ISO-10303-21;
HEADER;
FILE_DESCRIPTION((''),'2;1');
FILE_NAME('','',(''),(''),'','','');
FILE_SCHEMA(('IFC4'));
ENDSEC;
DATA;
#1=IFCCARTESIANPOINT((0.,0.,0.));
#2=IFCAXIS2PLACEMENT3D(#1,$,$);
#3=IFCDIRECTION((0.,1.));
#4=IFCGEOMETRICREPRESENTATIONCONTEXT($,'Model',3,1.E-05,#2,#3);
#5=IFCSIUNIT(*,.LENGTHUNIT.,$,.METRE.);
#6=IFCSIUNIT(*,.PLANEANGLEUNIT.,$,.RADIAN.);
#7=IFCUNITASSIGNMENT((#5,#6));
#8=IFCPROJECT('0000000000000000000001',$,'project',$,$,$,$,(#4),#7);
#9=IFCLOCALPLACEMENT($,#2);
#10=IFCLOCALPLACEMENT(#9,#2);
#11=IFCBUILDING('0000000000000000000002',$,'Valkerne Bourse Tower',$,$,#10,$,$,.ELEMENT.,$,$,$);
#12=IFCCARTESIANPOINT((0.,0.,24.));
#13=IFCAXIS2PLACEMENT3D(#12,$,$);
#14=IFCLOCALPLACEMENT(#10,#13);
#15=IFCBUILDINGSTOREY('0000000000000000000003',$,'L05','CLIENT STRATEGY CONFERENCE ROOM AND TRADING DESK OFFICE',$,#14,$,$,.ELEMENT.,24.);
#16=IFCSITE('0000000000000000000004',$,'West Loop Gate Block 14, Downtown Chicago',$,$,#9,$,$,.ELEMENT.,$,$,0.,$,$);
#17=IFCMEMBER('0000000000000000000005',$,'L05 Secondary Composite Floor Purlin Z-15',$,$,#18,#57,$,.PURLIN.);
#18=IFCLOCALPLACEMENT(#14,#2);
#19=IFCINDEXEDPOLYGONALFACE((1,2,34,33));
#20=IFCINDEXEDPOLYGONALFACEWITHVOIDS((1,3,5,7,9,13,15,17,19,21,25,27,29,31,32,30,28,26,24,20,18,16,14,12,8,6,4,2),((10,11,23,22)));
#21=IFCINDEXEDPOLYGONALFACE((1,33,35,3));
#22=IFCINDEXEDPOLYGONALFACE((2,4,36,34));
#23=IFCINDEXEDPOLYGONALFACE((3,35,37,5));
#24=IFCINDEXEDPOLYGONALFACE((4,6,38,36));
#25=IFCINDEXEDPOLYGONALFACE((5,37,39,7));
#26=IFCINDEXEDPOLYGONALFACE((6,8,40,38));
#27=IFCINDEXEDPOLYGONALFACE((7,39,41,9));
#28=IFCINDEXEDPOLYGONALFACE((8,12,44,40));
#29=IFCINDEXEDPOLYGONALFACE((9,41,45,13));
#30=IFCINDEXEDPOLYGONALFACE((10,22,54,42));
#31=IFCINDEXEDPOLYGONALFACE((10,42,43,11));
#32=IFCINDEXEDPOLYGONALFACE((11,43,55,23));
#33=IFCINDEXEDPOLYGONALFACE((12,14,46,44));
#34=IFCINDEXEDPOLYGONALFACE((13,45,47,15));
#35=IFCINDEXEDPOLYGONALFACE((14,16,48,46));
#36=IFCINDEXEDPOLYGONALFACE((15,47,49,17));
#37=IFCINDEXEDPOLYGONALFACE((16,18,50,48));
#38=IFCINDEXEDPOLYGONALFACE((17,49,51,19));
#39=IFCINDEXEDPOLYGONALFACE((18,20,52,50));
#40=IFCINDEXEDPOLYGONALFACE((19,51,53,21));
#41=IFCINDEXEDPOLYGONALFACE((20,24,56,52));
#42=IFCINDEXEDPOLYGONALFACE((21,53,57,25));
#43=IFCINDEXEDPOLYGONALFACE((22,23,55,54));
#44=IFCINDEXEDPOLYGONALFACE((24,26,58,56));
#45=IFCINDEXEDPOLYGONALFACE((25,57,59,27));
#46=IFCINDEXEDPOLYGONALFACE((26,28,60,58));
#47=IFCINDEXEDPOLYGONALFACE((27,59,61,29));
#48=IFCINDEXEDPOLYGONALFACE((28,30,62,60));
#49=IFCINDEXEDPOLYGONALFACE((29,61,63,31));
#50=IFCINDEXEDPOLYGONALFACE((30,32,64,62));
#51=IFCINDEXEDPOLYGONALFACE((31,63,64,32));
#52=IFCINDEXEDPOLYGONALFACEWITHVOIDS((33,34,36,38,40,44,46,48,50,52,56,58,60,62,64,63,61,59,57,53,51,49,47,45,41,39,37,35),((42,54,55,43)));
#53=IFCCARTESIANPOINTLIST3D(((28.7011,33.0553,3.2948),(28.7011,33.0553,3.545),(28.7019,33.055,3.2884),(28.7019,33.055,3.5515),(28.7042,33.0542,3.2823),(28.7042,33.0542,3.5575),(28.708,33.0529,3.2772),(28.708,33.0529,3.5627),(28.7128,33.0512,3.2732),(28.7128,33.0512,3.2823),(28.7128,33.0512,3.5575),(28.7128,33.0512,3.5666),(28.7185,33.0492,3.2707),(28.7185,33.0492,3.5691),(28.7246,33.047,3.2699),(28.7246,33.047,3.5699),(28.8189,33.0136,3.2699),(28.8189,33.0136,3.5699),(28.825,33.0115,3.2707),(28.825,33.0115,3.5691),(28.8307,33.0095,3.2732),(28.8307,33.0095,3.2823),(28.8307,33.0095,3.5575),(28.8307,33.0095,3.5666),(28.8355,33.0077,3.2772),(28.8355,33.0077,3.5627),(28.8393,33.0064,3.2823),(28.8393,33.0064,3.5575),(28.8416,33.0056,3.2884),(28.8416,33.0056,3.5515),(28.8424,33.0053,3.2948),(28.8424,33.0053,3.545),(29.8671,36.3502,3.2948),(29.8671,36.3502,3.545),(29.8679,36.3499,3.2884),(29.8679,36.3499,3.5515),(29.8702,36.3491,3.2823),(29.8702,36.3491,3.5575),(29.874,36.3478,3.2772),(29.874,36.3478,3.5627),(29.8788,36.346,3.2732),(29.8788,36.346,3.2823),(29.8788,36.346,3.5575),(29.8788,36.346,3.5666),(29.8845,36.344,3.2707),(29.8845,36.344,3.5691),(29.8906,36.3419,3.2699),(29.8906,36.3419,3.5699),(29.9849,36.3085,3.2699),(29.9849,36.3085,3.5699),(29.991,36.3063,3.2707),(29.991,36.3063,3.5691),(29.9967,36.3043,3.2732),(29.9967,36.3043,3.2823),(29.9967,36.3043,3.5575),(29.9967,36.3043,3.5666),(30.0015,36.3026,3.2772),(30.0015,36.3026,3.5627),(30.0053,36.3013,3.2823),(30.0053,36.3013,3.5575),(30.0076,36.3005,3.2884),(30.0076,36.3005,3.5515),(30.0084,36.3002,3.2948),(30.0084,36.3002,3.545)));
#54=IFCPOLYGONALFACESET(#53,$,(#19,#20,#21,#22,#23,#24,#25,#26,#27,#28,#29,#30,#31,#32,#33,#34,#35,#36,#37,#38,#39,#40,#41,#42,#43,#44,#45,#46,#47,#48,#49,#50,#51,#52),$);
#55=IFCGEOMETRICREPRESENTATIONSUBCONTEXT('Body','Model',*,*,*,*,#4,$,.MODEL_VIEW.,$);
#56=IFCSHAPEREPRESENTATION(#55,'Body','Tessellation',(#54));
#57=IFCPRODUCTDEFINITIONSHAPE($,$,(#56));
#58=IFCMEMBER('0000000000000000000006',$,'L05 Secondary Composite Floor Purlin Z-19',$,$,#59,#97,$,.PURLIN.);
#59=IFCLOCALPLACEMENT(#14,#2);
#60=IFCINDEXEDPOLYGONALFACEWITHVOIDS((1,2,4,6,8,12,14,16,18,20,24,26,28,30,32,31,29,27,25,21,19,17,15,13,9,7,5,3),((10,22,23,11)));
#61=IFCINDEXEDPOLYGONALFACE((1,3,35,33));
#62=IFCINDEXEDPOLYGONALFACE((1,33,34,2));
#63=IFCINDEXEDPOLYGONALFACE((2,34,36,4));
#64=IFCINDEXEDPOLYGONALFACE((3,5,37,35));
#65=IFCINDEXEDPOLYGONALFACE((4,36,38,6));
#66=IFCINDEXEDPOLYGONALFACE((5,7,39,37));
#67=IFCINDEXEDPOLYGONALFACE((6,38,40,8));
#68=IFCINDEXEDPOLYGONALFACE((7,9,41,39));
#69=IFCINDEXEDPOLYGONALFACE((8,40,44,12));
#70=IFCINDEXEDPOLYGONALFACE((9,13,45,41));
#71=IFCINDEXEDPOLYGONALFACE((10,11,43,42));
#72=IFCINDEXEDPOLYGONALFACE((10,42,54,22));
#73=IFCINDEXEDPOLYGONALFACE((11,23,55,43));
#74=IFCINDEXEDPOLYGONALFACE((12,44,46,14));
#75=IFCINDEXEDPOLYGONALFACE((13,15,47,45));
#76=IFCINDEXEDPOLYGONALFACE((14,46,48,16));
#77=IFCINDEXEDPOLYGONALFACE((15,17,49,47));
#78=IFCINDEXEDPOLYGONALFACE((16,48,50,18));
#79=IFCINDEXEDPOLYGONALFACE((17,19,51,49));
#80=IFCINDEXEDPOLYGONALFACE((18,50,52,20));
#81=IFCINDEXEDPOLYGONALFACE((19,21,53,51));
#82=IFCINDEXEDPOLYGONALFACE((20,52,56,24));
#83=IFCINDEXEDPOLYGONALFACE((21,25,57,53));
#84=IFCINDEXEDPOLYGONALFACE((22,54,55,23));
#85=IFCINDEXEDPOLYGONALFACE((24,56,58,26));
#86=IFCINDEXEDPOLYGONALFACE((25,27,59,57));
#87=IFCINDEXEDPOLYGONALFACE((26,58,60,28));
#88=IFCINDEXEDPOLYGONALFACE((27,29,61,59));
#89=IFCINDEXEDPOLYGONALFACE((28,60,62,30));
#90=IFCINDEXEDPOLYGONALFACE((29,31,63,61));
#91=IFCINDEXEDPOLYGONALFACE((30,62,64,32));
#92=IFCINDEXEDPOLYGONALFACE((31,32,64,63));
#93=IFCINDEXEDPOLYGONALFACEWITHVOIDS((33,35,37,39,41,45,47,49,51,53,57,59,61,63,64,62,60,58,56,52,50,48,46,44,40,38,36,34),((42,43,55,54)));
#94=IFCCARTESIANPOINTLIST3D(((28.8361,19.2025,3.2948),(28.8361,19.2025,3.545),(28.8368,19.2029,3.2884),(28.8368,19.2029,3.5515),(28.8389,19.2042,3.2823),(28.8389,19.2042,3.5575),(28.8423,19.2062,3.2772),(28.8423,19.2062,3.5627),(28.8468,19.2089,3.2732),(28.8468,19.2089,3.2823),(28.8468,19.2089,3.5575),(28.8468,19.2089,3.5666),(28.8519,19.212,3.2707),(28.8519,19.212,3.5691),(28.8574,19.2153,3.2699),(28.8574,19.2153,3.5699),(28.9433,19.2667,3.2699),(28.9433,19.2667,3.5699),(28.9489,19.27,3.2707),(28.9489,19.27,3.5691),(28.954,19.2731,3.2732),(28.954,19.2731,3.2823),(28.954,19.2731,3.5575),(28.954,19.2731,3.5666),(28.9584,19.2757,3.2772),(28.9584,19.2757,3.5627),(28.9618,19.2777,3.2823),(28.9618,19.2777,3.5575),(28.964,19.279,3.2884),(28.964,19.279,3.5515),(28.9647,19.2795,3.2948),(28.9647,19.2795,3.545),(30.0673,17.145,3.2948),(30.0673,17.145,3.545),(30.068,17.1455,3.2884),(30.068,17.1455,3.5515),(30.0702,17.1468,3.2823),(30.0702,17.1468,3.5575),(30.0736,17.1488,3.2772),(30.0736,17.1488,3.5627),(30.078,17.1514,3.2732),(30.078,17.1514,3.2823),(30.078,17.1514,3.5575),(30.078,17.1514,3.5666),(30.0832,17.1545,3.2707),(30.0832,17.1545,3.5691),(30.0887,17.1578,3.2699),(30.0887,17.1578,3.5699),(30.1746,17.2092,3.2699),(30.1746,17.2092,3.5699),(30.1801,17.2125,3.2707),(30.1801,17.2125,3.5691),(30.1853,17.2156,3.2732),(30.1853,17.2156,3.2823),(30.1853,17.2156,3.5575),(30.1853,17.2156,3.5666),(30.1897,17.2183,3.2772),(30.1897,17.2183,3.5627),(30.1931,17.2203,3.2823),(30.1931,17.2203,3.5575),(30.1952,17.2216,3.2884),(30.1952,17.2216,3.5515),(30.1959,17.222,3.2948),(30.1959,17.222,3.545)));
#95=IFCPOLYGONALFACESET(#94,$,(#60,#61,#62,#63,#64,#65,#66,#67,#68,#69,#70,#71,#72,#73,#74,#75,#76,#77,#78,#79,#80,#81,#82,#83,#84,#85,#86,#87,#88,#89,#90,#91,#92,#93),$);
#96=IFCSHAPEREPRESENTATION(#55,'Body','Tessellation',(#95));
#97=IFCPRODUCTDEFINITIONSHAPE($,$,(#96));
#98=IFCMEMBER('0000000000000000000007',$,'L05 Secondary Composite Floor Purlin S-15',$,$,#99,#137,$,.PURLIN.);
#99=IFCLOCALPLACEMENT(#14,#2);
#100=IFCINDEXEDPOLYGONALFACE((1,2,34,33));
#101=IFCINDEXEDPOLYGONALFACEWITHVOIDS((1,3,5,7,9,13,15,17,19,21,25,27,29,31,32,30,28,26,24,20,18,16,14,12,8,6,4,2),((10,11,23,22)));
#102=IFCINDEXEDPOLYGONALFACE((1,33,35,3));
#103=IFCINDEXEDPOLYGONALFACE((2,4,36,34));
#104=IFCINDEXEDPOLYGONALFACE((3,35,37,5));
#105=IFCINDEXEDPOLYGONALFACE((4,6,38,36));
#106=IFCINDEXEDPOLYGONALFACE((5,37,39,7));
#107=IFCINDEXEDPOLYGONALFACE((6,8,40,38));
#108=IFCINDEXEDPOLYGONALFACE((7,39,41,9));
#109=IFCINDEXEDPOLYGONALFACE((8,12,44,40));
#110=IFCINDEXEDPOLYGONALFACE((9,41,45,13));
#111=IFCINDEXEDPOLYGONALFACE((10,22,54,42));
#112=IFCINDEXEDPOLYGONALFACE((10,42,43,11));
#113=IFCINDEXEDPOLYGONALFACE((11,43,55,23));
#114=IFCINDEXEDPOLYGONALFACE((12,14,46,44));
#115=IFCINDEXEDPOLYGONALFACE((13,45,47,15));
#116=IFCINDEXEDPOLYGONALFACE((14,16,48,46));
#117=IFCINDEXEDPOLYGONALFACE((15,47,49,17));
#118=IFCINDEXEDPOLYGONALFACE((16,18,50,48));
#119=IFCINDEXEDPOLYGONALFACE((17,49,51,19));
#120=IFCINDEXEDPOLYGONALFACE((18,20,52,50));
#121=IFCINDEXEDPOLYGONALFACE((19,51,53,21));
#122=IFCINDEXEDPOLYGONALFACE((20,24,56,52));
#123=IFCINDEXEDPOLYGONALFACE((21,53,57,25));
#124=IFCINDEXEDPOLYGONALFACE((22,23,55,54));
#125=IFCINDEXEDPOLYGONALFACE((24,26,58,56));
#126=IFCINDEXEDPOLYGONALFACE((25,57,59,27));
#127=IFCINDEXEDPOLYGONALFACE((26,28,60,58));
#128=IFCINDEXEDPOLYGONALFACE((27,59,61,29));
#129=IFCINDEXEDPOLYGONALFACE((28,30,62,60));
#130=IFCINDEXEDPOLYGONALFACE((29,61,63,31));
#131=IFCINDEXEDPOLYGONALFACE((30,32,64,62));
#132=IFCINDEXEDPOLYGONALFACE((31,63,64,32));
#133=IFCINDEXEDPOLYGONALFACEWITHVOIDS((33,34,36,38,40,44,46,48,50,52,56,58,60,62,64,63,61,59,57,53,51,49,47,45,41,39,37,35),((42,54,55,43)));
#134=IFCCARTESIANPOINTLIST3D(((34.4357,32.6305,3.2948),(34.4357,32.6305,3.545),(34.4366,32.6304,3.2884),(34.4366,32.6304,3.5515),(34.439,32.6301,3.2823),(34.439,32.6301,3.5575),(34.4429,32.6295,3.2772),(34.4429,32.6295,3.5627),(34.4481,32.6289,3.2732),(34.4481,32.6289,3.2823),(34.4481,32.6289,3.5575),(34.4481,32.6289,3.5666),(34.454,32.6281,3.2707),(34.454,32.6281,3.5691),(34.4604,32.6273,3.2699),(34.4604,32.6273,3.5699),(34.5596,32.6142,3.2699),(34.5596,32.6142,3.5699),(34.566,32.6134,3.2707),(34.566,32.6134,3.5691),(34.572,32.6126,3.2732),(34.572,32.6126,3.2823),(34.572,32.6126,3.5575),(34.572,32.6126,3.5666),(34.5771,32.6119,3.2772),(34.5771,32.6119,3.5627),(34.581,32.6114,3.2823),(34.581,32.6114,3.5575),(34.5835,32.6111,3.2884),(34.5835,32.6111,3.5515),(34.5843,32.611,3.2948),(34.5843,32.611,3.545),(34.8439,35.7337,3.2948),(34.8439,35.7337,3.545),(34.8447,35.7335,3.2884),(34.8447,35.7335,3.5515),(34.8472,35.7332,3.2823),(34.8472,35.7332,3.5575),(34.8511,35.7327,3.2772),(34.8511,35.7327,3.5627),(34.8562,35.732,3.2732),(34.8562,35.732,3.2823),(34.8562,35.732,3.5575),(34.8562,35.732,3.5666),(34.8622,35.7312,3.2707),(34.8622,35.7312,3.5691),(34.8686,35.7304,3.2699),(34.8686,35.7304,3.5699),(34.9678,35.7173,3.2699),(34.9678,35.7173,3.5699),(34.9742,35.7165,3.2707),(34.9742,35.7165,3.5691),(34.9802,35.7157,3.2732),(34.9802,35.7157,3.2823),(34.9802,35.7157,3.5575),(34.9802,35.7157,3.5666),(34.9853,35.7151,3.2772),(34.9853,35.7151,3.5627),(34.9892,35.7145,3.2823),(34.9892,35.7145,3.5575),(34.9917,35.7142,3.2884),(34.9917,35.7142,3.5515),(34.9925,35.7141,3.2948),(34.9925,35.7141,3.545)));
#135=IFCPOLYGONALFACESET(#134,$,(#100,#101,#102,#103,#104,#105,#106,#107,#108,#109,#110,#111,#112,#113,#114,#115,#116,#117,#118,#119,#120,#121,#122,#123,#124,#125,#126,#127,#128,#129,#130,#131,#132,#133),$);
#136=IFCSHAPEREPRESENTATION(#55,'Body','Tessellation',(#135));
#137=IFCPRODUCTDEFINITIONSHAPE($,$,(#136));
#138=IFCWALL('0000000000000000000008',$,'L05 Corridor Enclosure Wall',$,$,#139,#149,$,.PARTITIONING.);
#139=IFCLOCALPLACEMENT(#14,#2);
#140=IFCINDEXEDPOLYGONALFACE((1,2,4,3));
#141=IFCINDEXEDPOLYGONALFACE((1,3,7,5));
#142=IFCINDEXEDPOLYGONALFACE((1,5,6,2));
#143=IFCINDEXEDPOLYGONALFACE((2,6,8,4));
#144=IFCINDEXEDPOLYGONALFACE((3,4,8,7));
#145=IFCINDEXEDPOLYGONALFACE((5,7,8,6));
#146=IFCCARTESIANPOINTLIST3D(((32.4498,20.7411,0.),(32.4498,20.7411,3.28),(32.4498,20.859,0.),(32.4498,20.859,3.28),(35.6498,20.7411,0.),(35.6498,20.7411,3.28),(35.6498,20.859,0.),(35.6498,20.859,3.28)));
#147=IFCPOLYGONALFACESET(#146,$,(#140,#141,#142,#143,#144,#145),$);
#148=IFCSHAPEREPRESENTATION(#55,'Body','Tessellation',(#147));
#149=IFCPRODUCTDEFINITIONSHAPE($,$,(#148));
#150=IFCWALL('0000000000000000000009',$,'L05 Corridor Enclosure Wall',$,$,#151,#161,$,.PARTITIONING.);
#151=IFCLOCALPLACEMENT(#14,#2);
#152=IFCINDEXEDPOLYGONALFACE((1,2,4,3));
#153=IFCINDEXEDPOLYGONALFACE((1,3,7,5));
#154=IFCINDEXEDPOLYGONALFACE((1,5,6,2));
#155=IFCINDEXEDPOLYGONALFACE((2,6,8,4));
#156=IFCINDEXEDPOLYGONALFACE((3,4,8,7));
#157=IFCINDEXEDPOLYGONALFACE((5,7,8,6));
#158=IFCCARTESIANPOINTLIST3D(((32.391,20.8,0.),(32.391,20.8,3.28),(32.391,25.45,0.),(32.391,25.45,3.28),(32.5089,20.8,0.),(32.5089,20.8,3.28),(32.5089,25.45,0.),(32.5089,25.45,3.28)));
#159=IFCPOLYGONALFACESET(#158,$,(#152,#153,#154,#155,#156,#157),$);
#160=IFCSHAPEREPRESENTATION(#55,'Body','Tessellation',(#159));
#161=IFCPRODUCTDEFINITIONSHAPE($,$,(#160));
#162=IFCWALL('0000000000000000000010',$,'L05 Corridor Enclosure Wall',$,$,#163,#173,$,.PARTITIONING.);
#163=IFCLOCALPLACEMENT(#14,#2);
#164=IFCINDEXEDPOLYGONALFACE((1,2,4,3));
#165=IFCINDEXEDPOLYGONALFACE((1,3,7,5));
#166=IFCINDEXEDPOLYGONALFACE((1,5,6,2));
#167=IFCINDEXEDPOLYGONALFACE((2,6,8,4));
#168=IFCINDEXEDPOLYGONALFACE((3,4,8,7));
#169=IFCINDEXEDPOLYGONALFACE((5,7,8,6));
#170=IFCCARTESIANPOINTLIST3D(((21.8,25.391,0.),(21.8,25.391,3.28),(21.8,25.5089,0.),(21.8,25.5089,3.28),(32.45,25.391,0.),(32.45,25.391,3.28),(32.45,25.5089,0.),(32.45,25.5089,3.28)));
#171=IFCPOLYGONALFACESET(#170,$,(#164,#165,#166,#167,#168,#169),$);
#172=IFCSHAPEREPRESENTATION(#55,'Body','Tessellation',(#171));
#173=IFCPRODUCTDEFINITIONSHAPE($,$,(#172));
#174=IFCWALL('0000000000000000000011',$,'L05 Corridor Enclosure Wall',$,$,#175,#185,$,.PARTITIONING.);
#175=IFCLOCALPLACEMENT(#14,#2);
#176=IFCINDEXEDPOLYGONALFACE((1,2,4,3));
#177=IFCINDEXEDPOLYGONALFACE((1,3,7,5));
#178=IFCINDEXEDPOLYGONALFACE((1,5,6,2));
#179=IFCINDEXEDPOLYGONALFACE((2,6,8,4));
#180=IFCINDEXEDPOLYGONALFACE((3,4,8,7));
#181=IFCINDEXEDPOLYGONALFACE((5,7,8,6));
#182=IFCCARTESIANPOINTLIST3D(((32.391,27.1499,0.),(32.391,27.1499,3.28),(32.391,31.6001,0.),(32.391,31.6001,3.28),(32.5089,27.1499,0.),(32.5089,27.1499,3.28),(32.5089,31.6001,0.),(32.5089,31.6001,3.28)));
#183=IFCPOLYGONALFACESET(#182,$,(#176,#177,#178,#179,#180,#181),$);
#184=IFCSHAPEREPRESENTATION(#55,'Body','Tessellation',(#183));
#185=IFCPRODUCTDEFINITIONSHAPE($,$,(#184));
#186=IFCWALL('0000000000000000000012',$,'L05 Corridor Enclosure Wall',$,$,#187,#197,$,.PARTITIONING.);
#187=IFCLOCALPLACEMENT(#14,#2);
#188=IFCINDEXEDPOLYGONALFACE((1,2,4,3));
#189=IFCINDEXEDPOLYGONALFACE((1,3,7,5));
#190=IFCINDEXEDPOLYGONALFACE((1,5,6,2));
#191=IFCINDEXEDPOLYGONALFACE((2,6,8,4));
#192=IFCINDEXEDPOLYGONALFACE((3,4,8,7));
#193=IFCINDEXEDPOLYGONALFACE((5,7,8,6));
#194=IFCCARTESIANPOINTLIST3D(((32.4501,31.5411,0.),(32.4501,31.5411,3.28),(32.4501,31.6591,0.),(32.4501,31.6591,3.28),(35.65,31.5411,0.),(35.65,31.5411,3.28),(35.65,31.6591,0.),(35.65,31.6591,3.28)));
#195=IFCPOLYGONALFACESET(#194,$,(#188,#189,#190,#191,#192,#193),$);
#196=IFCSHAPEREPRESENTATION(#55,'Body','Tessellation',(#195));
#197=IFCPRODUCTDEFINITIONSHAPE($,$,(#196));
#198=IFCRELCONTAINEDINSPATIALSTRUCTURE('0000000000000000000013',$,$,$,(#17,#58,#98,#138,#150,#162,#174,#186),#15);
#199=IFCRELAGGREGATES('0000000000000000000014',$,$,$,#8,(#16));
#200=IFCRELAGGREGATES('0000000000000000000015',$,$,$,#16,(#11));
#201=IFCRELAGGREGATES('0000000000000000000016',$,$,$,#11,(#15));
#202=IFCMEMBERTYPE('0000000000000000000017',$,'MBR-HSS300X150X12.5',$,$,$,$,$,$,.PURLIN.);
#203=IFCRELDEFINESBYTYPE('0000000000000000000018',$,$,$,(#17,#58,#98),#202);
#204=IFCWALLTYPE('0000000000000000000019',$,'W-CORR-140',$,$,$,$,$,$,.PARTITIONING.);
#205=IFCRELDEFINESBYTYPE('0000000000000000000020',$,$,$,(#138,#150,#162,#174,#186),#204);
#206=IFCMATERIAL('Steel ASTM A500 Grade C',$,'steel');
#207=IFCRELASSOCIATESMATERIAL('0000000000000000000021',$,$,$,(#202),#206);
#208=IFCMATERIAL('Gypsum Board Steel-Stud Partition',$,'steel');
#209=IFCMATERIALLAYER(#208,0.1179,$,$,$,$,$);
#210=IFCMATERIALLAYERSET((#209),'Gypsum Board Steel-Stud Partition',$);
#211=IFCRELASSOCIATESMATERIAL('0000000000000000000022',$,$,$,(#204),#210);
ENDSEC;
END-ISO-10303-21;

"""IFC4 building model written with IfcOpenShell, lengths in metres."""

from ifc_helpers import new_model, si_unit, direction, frame, frame_2d, origin, origin_2d, place, context, subcontext, project, spatial, rectangle, hollow_rectangle, extrude, material, layer, layer_set, material_profile, profile_set, type_object, element, save


model = new_model("IFC4")

# Units and contexts
model_context = context("Model", 3, precision=1e-05, world=origin(), true_north=direction((0.0, 1.0)))
body_context = subcontext(model_context, "Body", "Model", "MODEL_VIEW")
ifc_project = project(units=[si_unit("LENGTHUNIT", "METRE"), si_unit("PLANEANGLEUNIT", "RADIAN")], contexts=[model_context])

# Site, building, storey
site_placement = place(None, origin())
site = spatial("IfcSite", under=ifc_project, at=site_placement, Name="West Loop Gate Block 14, Downtown Chicago", CompositionType="ELEMENT", RefElevation=0.0)
building_placement = place(site_placement, origin())
building = spatial("IfcBuilding", under=site, at=building_placement, Name="Valkerne Bourse Tower", CompositionType="ELEMENT")
storey_placement = place(building_placement, frame((0.0, 0.0, 24.0)))
storey = spatial("IfcBuildingStorey", under=building, at=storey_placement, Name="L05", Description="CLIENT STRATEGY CONFERENCE ROOM AND TRADING DESK OFFICE", CompositionType="ELEMENT", Elevation=24.0)

# Members
ifc_material_1 = material(Name="Steel ASTM A500 Grade C", Category="steel")
ifc_material_profile = material_profile(ifc_material_1, hollow_rectangle(XDim=0.1499, YDim=0.3, WallThickness=0.0125, OuterFilletRadius=0.0249, at=origin_2d()), Name="HSS300X150X12.5")
ifc_profile_set = profile_set([ifc_material_profile], Name="Steel ASTM A500 Grade C")
member_type = type_object("IfcMemberType", Name="MBR-HSS300X150X12.5", PredefinedType="PURLIN", material=ifc_profile_set)
member_1_placement = place(storey_placement, frame((29.9377, 36.3252, 3.4199), z_axis=(-0.333609, -0.942711, 0.0), x_axis=(0.942711, -0.333609, 0.0)))
element("IfcMember", 1, at=member_1_placement, inside=storey, type_object=member_type, Name="L05 Secondary Composite Floor Purlin Z-15", PredefinedType="PURLIN", context=body_context, shape_type="SweptSolid", body=[
    extrude(hollow_rectangle(XDim=0.1499, YDim=0.3, WallThickness=0.0125, OuterFilletRadius=0.0249, at=origin_2d()), origin(), (0.0, 0.0, 1.0), 3.4951),
])
member_2_placement = place(storey_placement, frame((28.9004, 19.241, 3.4199), z_axis=(0.513507, -0.858085, 0.0), x_axis=(0.858085, 0.513507, 0.0)))
element("IfcMember", 2, at=member_2_placement, inside=storey, type_object=member_type, Name="L05 Secondary Composite Floor Purlin Z-19", PredefinedType="PURLIN", context=body_context, shape_type="SweptSolid", body=[
    extrude(hollow_rectangle(XDim=0.1499, YDim=0.3, WallThickness=0.0125, OuterFilletRadius=0.0249, at=origin_2d()), origin(), (0.0, 0.0, 1.0), 2.3977),
])
member_3_placement = place(storey_placement, frame((34.9182, 35.7239, 3.4199), z_axis=(-0.130416, -0.991459, 0.0), x_axis=(0.991459, -0.130416, 0.0)))
element("IfcMember", 3, at=member_3_placement, inside=storey, type_object=member_type, Name="L05 Secondary Composite Floor Purlin S-15", PredefinedType="PURLIN", context=body_context, shape_type="SweptSolid", body=[
    extrude(hollow_rectangle(XDim=0.1499, YDim=0.3, WallThickness=0.0125, OuterFilletRadius=0.0249, at=origin_2d()), origin(), (0.0, 0.0, 1.0), 3.1299),
])

# Walls
ifc_material_2 = material(Name="Gypsum Board Steel-Stud Partition", Category="steel")
ifc_layer_1 = layer(ifc_material_2, 0.1179)
ifc_layer_set_1 = layer_set([ifc_layer_1], Name="Gypsum Board Steel-Stud Partition")
wall_type_1 = type_object("IfcWallType", Name="W-CORR-140", PredefinedType="PARTITIONING", material=ifc_layer_set_1)
wall_1_placement = place(storey_placement, frame((35.6499, 20.8, 0.0), z_axis=(0.0, 0.0, 1.0), x_axis=(-1.0, 0.0, 0.0)))
element("IfcWall", 4, at=wall_1_placement, inside=storey, type_object=wall_type_1, Name="L05 Corridor Enclosure Wall", PredefinedType="PARTITIONING", context=body_context, shape_type="SweptSolid", body=[
    extrude(rectangle(XDim=3.2, YDim=0.1179, at=frame_2d((1.6001, 0.0))), origin(), (0.0, 0.0, 1.0), 3.28),
])
wall_2_placement = place(storey_placement, frame((32.45, 20.8, 0.0), z_axis=(0.0, 0.0, 1.0), x_axis=(0.0, 1.0, 0.0)))
element("IfcWall", 5, at=wall_2_placement, inside=storey, type_object=wall_type_1, Name="L05 Corridor Enclosure Wall", PredefinedType="PARTITIONING", context=body_context, shape_type="SweptSolid", body=[
    extrude(rectangle(XDim=4.6499, YDim=0.1179, at=frame_2d((2.325, 0.0))), origin(), (0.0, 0.0, 1.0), 3.28),
])
wall_3_placement = place(storey_placement, frame((32.45, 25.45, 0.0), z_axis=(0.0, 0.0, 1.0), x_axis=(-1.0, 0.0, 0.0)))
element("IfcWall", 6, at=wall_3_placement, inside=storey, type_object=wall_type_1, Name="L05 Corridor Enclosure Wall", PredefinedType="PARTITIONING", context=body_context, shape_type="SweptSolid", body=[
    extrude(rectangle(XDim=10.6499, YDim=0.1179, at=frame_2d((5.325, 0.0))), origin(), (0.0, 0.0, 1.0), 3.28),
])
wall_4_placement = place(storey_placement, frame((32.45, 27.1499, 0.0), z_axis=(0.0, 0.0, 1.0), x_axis=(0.0, 1.0, 0.0)))
element("IfcWall", 7, at=wall_4_placement, inside=storey, type_object=wall_type_1, Name="L05 Corridor Enclosure Wall", PredefinedType="PARTITIONING", context=body_context, shape_type="SweptSolid", body=[
    extrude(rectangle(XDim=4.4502, YDim=0.1179, at=frame_2d((2.2251, 0.0))), origin(), (0.0, 0.0, 1.0), 3.28),
])
wall_5_placement = place(storey_placement, frame((32.45, 31.6001, 0.0), z_axis=(0.0, 0.0, 1.0), x_axis=(1.0, 0.0, 0.0)))
element("IfcWall", 8, at=wall_5_placement, inside=storey, type_object=wall_type_1, Name="L05 Corridor Enclosure Wall", PredefinedType="PARTITIONING", context=body_context, shape_type="SweptSolid", body=[
    extrude(rectangle(XDim=3.2, YDim=0.1179, at=frame_2d((1.6001, 0.0))), origin(), (0.0, 0.0, 1.0), 3.28),
])

save(model, "model.ifc")
